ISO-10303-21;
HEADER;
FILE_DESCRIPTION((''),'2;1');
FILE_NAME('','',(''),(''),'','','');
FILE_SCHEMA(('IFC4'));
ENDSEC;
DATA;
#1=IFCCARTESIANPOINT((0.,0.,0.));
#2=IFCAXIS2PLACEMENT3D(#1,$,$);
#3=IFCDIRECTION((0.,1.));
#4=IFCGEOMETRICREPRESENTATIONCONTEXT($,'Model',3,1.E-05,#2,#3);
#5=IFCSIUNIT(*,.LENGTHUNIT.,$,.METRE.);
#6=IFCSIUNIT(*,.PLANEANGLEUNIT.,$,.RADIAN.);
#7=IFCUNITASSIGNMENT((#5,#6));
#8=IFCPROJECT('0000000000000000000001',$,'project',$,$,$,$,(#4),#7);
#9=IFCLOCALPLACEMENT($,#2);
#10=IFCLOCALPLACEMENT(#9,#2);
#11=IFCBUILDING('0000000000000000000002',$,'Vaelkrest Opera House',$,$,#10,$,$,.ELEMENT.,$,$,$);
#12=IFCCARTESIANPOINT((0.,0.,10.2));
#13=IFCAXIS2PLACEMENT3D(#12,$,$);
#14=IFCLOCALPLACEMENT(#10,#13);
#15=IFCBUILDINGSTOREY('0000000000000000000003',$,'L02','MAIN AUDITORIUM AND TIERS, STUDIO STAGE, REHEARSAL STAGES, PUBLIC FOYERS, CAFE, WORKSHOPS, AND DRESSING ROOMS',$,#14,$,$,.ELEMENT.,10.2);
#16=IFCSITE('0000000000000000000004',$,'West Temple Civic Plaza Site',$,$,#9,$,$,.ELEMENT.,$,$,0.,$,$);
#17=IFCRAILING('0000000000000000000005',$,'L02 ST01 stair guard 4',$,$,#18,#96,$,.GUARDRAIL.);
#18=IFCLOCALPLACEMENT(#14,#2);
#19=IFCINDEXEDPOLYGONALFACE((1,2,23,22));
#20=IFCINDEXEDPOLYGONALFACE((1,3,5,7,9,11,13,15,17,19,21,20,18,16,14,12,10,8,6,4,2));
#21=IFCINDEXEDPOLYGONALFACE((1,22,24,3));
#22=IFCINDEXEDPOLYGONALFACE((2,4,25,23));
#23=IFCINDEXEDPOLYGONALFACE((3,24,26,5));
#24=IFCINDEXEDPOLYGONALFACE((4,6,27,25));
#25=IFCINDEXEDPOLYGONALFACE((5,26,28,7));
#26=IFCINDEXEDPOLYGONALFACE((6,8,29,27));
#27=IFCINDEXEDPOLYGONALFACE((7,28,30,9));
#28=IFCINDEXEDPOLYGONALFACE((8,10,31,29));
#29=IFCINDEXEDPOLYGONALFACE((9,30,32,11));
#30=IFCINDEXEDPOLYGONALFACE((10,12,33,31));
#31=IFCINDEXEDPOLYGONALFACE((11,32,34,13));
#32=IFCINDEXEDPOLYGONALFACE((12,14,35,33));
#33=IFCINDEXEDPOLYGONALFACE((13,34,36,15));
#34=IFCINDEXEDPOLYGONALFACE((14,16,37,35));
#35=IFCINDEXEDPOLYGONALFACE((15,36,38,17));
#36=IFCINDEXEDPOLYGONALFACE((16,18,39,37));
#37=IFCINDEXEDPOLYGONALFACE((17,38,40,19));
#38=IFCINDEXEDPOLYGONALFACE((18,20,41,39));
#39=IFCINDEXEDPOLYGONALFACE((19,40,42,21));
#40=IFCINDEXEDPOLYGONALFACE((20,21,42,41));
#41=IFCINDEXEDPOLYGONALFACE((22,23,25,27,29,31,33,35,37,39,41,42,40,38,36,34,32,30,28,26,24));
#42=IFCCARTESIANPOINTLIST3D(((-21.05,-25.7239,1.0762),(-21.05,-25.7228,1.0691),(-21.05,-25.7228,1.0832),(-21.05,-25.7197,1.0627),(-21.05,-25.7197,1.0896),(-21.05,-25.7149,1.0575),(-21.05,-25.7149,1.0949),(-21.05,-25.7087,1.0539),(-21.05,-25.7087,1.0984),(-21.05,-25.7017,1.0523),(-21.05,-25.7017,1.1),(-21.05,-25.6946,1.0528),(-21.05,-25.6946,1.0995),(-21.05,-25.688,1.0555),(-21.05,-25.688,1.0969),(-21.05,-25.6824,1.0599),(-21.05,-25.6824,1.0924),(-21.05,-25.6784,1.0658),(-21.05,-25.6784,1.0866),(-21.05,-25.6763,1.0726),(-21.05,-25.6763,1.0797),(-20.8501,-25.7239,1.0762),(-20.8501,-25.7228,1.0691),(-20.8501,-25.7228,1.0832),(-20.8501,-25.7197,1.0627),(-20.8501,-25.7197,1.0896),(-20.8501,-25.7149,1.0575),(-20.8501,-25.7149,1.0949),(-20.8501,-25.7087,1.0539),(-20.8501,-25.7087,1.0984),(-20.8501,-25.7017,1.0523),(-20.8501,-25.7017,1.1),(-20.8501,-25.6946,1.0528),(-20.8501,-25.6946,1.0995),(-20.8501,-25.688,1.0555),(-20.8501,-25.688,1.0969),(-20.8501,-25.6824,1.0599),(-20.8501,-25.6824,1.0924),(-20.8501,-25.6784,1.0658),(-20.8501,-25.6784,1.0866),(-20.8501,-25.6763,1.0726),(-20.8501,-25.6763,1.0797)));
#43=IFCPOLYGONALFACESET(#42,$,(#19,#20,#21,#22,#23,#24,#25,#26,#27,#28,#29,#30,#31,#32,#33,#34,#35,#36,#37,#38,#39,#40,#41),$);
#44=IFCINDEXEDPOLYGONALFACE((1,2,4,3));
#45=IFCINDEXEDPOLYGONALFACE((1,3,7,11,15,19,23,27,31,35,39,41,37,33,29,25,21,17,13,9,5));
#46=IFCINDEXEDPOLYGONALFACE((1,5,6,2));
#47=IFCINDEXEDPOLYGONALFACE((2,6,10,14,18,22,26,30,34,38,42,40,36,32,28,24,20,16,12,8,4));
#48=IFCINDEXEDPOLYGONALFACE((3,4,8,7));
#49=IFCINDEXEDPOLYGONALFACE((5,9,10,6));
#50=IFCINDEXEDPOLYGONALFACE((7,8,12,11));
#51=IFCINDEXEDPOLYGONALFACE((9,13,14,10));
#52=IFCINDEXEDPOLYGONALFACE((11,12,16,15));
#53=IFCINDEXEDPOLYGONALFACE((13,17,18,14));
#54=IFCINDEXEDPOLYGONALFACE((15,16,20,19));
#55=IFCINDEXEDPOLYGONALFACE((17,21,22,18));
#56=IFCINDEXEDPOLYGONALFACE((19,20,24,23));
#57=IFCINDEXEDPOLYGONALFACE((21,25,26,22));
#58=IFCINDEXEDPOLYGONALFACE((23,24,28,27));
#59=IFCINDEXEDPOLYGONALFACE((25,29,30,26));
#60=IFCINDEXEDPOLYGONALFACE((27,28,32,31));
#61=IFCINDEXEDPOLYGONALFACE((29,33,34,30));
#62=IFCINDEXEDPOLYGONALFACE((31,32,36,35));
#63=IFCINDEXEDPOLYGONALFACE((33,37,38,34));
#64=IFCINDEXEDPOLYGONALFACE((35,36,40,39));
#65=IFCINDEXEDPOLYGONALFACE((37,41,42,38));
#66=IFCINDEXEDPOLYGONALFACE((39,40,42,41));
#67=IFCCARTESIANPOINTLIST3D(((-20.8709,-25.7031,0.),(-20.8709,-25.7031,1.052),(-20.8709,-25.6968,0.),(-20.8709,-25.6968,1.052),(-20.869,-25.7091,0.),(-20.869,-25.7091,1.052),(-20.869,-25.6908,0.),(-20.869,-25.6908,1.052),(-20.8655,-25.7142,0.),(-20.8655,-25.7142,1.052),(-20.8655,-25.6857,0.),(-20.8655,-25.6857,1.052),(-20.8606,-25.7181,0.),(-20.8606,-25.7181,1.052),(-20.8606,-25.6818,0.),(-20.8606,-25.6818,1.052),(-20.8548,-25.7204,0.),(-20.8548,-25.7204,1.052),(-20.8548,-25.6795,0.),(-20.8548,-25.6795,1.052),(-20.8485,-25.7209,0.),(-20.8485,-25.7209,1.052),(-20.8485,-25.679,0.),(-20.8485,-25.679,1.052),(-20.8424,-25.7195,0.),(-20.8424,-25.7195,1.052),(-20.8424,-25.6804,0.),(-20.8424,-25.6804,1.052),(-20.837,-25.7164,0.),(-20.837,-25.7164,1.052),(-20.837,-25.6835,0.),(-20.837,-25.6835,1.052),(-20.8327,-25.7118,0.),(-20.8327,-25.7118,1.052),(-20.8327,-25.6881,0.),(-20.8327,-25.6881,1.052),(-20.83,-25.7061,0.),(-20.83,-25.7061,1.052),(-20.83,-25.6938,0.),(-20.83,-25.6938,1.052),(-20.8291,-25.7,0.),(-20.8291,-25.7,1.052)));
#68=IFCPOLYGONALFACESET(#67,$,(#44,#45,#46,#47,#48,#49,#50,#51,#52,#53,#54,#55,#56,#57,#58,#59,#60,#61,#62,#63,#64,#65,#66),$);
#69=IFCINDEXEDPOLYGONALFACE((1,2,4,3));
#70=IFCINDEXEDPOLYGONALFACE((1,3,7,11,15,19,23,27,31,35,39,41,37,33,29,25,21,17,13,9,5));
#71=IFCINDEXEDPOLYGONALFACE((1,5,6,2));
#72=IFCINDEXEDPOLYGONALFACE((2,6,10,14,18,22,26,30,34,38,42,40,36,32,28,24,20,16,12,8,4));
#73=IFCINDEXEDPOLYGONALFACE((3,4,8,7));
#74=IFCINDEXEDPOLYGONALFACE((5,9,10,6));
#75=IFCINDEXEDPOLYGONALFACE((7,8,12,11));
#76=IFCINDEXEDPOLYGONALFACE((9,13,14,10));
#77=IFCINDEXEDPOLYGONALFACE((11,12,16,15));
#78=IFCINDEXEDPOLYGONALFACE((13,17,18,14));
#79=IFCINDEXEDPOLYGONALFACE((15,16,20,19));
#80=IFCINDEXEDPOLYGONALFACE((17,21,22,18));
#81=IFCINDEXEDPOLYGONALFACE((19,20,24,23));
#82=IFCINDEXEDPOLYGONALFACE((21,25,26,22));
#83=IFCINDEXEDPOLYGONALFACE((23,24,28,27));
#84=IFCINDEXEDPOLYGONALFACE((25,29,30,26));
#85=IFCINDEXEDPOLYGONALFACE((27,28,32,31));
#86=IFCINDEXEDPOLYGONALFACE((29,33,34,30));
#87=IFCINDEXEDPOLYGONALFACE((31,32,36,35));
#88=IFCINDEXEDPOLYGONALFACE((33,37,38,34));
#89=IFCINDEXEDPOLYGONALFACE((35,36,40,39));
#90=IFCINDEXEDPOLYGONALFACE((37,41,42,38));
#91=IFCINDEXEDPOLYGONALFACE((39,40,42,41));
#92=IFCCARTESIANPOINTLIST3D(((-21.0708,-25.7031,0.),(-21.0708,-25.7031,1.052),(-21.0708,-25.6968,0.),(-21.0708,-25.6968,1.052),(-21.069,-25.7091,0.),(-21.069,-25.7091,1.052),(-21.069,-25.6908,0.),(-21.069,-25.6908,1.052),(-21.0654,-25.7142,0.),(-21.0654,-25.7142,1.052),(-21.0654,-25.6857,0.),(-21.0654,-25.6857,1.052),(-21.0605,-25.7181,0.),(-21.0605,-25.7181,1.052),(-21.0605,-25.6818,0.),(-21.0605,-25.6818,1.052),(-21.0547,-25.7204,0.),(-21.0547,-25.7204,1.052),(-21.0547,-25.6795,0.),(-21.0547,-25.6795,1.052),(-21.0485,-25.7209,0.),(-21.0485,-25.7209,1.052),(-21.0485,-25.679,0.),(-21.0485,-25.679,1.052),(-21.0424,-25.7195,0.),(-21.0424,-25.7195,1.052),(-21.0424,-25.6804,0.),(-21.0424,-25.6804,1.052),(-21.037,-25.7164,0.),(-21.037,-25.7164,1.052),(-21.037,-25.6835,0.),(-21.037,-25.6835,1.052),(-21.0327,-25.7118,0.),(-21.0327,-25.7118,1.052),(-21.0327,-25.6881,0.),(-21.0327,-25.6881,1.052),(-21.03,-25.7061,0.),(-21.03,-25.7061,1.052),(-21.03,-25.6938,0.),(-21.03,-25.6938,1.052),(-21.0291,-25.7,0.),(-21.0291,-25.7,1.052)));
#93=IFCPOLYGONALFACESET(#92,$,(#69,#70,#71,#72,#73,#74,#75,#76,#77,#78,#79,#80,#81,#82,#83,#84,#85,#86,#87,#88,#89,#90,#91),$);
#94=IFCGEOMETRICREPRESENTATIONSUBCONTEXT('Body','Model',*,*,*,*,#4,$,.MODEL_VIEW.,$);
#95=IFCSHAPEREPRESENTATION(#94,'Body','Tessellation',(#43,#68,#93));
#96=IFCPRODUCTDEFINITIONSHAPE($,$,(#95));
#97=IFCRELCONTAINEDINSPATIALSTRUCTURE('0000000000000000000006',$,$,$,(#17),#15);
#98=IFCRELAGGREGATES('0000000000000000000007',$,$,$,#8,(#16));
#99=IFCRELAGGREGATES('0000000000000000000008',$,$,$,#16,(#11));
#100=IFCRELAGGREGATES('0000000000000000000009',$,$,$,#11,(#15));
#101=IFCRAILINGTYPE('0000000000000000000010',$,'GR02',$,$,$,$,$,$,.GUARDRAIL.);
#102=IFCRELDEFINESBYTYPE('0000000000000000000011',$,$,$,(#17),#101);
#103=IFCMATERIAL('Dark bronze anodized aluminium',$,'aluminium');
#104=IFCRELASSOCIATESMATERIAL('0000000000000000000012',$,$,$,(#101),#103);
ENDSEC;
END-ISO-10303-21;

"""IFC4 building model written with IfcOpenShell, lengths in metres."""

from ifc_helpers import new_model, si_unit, direction, frame, origin, origin_2d, place, context, subcontext, project, spatial, circle, extrude, material, type_object, element, save


model = new_model("IFC4")

# Units and contexts
model_context = context("Model", 3, precision=1e-05, world=origin(), true_north=direction((0.0, 1.0)))
body_context = subcontext(model_context, "Body", "Model", "MODEL_VIEW")
ifc_project = project(units=[si_unit("LENGTHUNIT", "METRE"), si_unit("PLANEANGLEUNIT", "RADIAN")], contexts=[model_context])

# Site, building, storey
site_placement = place(None, origin())
site = spatial("IfcSite", under=ifc_project, at=site_placement, Name="West Temple Civic Plaza Site", CompositionType="ELEMENT", RefElevation=0.0)
building_placement = place(site_placement, origin())
building = spatial("IfcBuilding", under=site, at=building_placement, Name="Vaelkrest Opera House", CompositionType="ELEMENT")
storey_placement = place(building_placement, frame((0.0, 0.0, 10.2)))
storey = spatial("IfcBuildingStorey", under=building, at=storey_placement, Name="L02", Description="MAIN AUDITORIUM AND TIERS, STUDIO STAGE, REHEARSAL STAGES, PUBLIC FOYERS, CAFE, WORKSHOPS, AND DRESSING ROOMS", CompositionType="ELEMENT", Elevation=10.2)

# Shared definitions
ifc_material_1 = material(Name="Dark bronze anodized aluminium", Category="aluminium")

# Railing
railing_type_1 = type_object("IfcRailingType", Name="GR02", PredefinedType="GUARDRAIL", material=ifc_material_1)
railing_1_placement = place(storey_placement, frame((-20.8501, -25.7, 0.0)))
element("IfcRailing", 1, at=railing_1_placement, inside=storey, type_object=railing_type_1, Name="L02 ST01 stair guard 4", PredefinedType="GUARDRAIL", context=body_context, shape_type="SweptSolid", body=[
    extrude(circle(Radius=0.0239, at=origin_2d()), frame((0.0, 0.0, 1.0762), z_axis=(-1.0, 0.0, 0.0), x_axis=(0.0, -1.0, 0.0)), (0.0, 0.0, 1.0), 0.2),
    extrude(circle(Radius=0.021, at=origin_2d()), origin(), (0.0, 0.0, 1.0), 1.052),
    extrude(circle(Radius=0.021, at=origin_2d()), frame((-0.2, 0.0, 0.0)), (0.0, 0.0, 1.0), 1.052),
])

save(model, "model.ifc")
